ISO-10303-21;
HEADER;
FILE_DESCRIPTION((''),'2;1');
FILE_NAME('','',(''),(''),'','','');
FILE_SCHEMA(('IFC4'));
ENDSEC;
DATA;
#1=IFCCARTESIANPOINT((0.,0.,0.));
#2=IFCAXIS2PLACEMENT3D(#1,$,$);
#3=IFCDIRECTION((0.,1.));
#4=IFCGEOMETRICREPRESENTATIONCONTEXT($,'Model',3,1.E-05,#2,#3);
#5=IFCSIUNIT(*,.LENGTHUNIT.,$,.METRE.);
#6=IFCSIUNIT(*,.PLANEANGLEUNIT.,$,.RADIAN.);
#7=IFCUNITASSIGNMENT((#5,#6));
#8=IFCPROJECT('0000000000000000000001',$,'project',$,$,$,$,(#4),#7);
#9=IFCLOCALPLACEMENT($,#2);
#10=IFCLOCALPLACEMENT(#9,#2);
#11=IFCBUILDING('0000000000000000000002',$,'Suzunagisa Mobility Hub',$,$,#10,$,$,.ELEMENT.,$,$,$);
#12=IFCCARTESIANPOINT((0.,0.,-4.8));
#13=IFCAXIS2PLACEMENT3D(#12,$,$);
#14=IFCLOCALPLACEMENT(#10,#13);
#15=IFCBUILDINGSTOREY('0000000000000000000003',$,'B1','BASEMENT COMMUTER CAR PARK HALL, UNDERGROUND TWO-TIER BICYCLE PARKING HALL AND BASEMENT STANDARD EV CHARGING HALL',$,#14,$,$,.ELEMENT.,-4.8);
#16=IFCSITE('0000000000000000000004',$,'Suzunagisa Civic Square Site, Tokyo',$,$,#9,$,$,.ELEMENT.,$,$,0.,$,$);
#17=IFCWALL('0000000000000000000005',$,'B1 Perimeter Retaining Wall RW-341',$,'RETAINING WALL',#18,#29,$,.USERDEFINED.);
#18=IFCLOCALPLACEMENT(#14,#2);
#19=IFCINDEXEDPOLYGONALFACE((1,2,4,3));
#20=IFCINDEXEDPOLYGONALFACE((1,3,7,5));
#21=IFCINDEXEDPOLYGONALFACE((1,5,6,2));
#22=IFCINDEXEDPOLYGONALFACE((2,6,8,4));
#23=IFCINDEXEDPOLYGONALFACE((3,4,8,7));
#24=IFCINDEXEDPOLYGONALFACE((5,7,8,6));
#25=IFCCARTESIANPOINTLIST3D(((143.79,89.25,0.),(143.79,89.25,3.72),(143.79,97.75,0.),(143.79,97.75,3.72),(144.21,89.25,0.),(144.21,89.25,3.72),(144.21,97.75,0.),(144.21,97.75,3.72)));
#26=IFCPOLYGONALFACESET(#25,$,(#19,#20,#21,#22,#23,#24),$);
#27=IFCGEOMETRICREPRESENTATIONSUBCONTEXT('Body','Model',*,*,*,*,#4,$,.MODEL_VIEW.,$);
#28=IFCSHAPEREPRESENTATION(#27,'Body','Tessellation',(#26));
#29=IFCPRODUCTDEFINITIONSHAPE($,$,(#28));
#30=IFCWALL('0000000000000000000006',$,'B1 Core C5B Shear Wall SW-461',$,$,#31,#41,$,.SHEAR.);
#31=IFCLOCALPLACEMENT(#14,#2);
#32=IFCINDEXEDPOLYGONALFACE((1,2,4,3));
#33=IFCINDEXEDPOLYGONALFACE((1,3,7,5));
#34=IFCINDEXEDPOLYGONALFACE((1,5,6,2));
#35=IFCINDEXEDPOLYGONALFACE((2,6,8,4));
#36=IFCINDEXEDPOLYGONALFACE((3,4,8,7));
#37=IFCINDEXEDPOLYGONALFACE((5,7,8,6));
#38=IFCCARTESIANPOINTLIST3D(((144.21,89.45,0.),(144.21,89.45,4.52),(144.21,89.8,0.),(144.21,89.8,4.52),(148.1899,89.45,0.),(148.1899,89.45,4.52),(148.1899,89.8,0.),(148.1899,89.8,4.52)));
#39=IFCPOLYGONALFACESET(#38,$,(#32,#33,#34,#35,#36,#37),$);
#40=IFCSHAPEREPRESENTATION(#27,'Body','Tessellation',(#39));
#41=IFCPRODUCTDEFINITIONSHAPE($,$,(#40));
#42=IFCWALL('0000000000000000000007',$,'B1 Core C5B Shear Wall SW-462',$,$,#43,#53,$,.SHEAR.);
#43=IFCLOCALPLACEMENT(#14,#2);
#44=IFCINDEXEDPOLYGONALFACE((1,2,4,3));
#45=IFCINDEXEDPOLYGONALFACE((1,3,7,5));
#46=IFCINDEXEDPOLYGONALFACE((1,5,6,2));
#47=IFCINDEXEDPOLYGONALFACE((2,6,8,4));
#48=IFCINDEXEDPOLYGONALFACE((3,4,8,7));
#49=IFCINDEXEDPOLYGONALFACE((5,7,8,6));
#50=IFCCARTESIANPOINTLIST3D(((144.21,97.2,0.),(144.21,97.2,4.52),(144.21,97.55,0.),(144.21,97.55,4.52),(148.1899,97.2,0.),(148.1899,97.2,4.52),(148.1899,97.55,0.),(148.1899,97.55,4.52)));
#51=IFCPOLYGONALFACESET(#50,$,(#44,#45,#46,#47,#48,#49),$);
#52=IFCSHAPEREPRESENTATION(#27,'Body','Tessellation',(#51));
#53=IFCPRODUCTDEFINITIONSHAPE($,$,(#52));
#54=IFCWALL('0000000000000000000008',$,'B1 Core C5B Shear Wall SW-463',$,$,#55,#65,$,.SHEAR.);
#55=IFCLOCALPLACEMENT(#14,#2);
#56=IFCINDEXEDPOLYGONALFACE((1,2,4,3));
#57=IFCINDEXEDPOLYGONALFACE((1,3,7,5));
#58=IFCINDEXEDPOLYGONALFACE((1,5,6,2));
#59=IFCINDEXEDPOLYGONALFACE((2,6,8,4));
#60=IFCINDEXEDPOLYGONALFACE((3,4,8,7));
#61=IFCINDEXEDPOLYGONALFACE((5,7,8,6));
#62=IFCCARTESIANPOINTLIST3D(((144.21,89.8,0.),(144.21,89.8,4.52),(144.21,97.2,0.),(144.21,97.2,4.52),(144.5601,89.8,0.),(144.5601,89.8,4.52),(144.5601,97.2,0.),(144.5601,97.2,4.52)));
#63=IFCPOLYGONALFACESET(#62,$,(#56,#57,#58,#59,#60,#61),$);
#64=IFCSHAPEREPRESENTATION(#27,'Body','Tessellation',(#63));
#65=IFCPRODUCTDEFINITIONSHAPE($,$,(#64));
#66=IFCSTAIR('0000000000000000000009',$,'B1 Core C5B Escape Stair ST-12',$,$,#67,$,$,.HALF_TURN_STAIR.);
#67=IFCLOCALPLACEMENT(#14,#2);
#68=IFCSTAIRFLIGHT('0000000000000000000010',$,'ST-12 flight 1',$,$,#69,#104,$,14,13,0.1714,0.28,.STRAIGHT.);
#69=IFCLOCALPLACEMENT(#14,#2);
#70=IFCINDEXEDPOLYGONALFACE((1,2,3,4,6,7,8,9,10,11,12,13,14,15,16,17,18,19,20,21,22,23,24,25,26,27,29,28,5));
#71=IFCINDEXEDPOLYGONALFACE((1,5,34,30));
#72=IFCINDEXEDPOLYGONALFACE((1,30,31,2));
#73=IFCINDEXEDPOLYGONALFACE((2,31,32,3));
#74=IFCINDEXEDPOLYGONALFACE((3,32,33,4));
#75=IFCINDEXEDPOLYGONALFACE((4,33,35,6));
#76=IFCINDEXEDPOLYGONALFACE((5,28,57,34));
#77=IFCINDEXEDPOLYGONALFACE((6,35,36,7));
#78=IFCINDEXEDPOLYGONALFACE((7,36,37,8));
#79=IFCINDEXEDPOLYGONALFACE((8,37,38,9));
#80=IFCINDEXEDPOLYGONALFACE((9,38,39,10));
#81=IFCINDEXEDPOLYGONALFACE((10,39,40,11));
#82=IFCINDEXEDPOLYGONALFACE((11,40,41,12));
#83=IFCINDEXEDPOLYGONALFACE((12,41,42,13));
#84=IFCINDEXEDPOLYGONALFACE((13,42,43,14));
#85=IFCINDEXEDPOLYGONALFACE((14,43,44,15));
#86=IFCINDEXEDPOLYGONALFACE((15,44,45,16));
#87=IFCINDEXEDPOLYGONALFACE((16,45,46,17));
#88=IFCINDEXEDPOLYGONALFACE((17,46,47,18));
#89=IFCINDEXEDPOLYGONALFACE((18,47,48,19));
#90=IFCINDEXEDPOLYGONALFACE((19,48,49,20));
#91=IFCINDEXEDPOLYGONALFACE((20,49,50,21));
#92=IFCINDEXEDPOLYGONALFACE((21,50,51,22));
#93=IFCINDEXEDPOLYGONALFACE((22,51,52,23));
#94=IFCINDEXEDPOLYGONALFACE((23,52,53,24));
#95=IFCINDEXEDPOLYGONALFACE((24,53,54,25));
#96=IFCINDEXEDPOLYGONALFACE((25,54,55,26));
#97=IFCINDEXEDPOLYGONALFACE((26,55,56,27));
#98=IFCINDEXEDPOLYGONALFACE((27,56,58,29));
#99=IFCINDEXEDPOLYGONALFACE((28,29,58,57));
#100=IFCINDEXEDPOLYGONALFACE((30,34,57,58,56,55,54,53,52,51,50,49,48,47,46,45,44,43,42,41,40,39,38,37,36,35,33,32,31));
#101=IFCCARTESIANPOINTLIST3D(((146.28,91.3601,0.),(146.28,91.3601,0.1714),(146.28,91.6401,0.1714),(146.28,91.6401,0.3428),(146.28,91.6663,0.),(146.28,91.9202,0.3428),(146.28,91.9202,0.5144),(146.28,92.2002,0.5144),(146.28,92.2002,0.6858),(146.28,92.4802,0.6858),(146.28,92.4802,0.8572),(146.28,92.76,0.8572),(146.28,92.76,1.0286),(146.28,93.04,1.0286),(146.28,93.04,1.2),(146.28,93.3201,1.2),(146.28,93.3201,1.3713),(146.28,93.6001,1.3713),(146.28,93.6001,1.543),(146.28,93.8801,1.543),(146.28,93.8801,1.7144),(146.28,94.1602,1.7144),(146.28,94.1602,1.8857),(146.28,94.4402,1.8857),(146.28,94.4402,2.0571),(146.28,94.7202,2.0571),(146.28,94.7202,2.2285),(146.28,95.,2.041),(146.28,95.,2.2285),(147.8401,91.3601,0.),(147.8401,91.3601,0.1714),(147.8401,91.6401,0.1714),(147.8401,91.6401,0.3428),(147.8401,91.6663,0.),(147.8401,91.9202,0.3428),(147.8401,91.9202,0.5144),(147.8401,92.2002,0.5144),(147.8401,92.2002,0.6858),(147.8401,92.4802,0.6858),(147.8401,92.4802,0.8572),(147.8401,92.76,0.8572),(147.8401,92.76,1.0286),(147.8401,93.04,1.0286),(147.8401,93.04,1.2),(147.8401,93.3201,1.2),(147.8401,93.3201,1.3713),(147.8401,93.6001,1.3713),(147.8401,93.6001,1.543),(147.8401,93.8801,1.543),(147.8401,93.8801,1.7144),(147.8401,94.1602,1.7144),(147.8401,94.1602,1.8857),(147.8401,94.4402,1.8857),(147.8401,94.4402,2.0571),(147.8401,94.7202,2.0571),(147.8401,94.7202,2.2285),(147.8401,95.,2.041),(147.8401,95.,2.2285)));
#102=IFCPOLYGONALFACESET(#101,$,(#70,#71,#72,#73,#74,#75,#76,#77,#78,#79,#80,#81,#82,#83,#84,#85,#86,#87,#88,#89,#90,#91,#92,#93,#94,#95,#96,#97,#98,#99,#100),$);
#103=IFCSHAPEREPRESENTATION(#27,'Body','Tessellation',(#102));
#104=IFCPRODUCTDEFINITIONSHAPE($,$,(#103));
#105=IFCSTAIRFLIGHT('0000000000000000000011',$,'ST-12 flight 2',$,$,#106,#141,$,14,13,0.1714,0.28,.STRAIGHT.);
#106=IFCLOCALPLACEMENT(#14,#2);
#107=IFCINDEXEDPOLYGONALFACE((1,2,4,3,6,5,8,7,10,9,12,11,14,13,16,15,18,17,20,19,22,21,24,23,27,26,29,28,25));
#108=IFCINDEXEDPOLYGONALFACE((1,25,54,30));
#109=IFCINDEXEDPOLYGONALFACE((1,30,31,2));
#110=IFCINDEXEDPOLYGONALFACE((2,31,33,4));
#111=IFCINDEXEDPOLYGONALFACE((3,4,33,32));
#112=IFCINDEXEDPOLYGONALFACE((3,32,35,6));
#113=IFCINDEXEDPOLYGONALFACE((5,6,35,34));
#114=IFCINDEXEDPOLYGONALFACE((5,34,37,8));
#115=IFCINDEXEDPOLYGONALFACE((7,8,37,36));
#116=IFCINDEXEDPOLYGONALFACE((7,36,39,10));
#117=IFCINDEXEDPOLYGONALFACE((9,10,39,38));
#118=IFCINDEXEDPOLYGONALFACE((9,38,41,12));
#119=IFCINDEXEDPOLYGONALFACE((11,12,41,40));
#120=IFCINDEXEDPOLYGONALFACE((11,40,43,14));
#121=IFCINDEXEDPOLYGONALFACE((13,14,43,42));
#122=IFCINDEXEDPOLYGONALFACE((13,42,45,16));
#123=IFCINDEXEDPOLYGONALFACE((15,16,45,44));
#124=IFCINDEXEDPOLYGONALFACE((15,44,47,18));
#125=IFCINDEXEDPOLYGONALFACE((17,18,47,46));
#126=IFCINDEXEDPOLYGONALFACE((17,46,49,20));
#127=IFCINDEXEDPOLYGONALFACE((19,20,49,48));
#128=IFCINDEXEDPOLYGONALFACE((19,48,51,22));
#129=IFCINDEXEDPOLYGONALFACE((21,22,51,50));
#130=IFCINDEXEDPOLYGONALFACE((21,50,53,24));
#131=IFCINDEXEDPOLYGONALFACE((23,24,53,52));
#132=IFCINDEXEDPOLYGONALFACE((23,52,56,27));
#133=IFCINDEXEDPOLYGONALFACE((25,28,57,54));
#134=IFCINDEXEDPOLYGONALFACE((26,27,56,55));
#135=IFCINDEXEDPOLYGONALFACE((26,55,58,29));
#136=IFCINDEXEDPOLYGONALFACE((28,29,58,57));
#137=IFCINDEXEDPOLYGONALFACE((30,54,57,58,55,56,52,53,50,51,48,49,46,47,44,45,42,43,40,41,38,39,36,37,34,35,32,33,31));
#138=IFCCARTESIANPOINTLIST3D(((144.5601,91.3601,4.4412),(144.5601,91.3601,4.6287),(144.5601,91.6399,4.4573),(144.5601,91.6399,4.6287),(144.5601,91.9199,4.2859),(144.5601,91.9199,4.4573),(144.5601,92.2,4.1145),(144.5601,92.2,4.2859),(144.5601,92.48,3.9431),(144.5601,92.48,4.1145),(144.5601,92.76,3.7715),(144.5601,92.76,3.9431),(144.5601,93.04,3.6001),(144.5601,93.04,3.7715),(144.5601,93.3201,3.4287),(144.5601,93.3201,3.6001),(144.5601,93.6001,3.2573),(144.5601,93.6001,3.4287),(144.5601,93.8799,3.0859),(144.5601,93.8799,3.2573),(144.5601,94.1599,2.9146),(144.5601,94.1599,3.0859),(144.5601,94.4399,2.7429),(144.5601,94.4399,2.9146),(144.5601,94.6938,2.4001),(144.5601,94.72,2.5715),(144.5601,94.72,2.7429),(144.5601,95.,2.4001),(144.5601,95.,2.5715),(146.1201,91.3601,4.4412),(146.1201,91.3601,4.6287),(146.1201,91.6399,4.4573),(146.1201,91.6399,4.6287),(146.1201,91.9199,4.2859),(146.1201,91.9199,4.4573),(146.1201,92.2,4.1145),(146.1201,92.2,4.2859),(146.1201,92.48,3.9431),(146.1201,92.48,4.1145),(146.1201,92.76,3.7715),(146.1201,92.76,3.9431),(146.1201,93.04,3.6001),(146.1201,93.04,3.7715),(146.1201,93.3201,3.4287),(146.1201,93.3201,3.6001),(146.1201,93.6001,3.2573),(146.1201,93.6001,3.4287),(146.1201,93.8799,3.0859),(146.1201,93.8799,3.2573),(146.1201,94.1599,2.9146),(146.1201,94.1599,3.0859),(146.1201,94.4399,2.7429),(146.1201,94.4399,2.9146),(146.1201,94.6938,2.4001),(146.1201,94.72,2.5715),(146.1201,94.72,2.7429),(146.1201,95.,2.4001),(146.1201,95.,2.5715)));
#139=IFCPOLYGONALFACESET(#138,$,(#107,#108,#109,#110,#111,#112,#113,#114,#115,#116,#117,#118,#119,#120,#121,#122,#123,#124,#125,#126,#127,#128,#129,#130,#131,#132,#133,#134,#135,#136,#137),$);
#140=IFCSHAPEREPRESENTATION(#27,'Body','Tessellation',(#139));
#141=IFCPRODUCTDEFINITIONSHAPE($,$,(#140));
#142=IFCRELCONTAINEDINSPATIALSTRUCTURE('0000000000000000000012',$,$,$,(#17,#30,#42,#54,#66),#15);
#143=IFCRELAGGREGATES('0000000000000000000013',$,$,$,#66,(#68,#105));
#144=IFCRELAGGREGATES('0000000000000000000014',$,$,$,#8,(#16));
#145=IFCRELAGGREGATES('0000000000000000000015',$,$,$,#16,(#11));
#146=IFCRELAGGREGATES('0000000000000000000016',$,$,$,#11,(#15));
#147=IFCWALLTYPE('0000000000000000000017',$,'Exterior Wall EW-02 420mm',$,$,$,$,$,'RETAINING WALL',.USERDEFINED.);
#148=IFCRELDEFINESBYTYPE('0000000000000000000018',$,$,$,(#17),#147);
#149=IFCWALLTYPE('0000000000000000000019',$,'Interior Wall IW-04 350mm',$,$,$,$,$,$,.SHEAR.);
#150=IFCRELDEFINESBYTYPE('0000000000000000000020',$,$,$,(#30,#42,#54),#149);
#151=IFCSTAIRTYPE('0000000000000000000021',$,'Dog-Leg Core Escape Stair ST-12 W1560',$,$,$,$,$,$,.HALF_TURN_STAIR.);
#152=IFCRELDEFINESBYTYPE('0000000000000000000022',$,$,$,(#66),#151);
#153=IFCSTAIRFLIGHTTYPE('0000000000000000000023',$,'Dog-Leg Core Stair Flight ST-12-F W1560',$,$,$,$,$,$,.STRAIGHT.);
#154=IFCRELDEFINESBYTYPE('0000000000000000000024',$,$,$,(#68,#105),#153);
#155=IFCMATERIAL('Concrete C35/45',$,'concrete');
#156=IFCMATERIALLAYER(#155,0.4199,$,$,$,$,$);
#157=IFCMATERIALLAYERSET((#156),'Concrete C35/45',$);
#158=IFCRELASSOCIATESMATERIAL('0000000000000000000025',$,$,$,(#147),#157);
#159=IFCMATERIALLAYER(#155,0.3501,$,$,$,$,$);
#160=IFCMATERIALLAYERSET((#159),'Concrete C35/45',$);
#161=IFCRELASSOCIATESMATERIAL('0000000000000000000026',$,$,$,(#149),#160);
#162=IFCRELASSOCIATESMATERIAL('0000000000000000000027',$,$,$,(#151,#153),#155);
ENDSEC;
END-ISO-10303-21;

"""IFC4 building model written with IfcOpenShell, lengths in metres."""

from ifc_helpers import new_model, si_unit, direction, frame, frame_2d, origin, place, context, subcontext, project, spatial, polyline, rectangle, outline, extrude, material, layer, layer_set, type_object, element, aggregate, save


model = new_model("IFC4")

# Units and contexts
model_context = context("Model", 3, precision=1e-05, world=origin(), true_north=direction((0.0, 1.0)))
body_context = subcontext(model_context, "Body", "Model", "MODEL_VIEW")
ifc_project = project(units=[si_unit("LENGTHUNIT", "METRE"), si_unit("PLANEANGLEUNIT", "RADIAN")], contexts=[model_context])

# Site, building, storey
site_placement = place(None, origin())
site = spatial("IfcSite", under=ifc_project, at=site_placement, Name="Suzunagisa Civic Square Site, Tokyo", CompositionType="ELEMENT", RefElevation=0.0)
building_placement = place(site_placement, origin())
building = spatial("IfcBuilding", under=site, at=building_placement, Name="Suzunagisa Mobility Hub", CompositionType="ELEMENT")
storey_placement = place(building_placement, frame((0.0, 0.0, -4.8)))
storey = spatial("IfcBuildingStorey", under=building, at=storey_placement, Name="B1", Description="BASEMENT COMMUTER CAR PARK HALL, UNDERGROUND TWO-TIER BICYCLE PARKING HALL AND BASEMENT STANDARD EV CHARGING HALL", CompositionType="ELEMENT", Elevation=-4.8)

# Shared definitions
ifc_material_1 = material(Name="Concrete C35/45", Category="concrete")

# Walls
ifc_layer_1 = layer(ifc_material_1, 0.4199)
ifc_layer_set_1 = layer_set([ifc_layer_1], Name="Concrete C35/45")
wall_type_1 = type_object("IfcWallType", Name="Exterior Wall EW-02 420mm", ElementType="RETAINING WALL", PredefinedType="USERDEFINED", material=ifc_layer_set_1)
wall_1_placement = place(storey_placement, frame((144.0, 97.75, 0.0), z_axis=(0.0, 0.0, 1.0), x_axis=(0.0, -1.0, 0.0)))
element("IfcWall", 1, at=wall_1_placement, inside=storey, type_object=wall_type_1, Name="B1 Perimeter Retaining Wall RW-341", ObjectType="RETAINING WALL", PredefinedType="USERDEFINED", context=body_context, shape_type="SweptSolid", body=[
    extrude(rectangle(XDim=8.5, YDim=0.4199, at=frame_2d((4.25, 0.0))), origin(), (0.0, 0.0, 1.0), 3.72),
])
ifc_layer_2 = layer(ifc_material_1, 0.3501)
ifc_layer_set_2 = layer_set([ifc_layer_2], Name="Concrete C35/45")
wall_type_2 = type_object("IfcWallType", Name="Interior Wall IW-04 350mm", PredefinedType="SHEAR", material=ifc_layer_set_2)
for number, where, z_axis, x_axis, name in (
    (2, (144.21, 89.625, 0.0), (0.0, 0.0, 1.0), (1.0, 0.0, 0.0), "B1 Core C5B Shear Wall SW-461"),
    (3, (144.21, 97.375, 0.0), (0.0, 0.0, 1.0), (1.0, 0.0, 0.0), "B1 Core C5B Shear Wall SW-462"),
):
    element("IfcWall", number, at=place(storey_placement, frame(where, z_axis=z_axis, x_axis=x_axis)), inside=storey, type_object=wall_type_2, Name=name, PredefinedType="SHEAR", context=body_context, shape_type="SweptSolid", body=[
        extrude(rectangle(XDim=3.98, YDim=0.3501, at=frame_2d((1.99, 0.0))), origin(), (0.0, 0.0, 1.0), 4.52),
    ])
wall_2_placement = place(storey_placement, frame((144.385, 89.8, 0.0), z_axis=(0.0, 0.0, 1.0), x_axis=(0.0, 1.0, 0.0)))
element("IfcWall", 4, at=wall_2_placement, inside=storey, type_object=wall_type_2, Name="B1 Core C5B Shear Wall SW-463", PredefinedType="SHEAR", context=body_context, shape_type="SweptSolid", body=[
    extrude(rectangle(XDim=7.3999, YDim=0.3501, at=frame_2d((3.7, 0.0))), origin(), (0.0, 0.0, 1.0), 4.52),
])

# Stair, stair flights
stair_type = type_object("IfcStairType", Name="Dog-Leg Core Escape Stair ST-12 W1560", PredefinedType="HALF_TURN_STAIR", material=ifc_material_1)
stair_placement = place(storey_placement, origin())
stair = element("IfcStair", 5, at=stair_placement, inside=storey, type_object=stair_type, Name="B1 Core C5B Escape Stair ST-12", PredefinedType="HALF_TURN_STAIR")
stair_flight_type = type_object("IfcStairFlightType", Name="Dog-Leg Core Stair Flight ST-12-F W1560", PredefinedType="STRAIGHT", material=ifc_material_1)
stair_flight_1_placement = place(storey_placement, frame((147.0601, 91.3601, 0.0), z_axis=(0.0, 0.0, 1.0), x_axis=(0.0, 1.0, 0.0)))
stair_flight_1 = element("IfcStairFlight", 6, at=stair_flight_1_placement, type_object=stair_flight_type, Name="ST-12 flight 1", NumberOfRisers=14, NumberOfTreads=13, PredefinedType="STRAIGHT", RiserHeight=0.1714, TreadLength=0.28, context=body_context, shape_type="SweptSolid", body=[
    extrude(outline(polyline([(0.0, 0.0), (0.0, 0.1714), (0.28, 0.1714), (0.28, 0.3428), (0.5601, 0.3428), (0.5601, 0.5144), (0.8401, 0.5144), (0.8401, 0.6858), (1.1201, 0.6858), (1.1201, 0.8572), (1.3999, 0.8572), (1.3999, 1.0286), (1.6799, 1.0286), (1.6799, 1.2), (1.96, 1.2), (1.96, 1.3713), (2.24, 1.3713), (2.24, 1.543), (2.52, 1.543), (2.52, 1.7144), (2.8, 1.7144), (2.8, 1.8857), (3.0801, 1.8857), (3.0801, 2.0571), (3.3601, 2.0571), (3.3601, 2.2285), (3.6399, 2.2285), (3.6399, 2.3999), (3.6399, 2.041), (0.3062, 0.0), (0.0, 0.0)])), frame((0.0, 0.78, 0.0), z_axis=(0.0, -1.0, 0.0), x_axis=(1.0, 0.0, 0.0)), (0.0, 0.0, 1.0), 1.5601),
])
stair_flight_2_placement = place(storey_placement, frame((145.3401, 95.0, 2.4001), z_axis=(0.0, 0.0, 1.0), x_axis=(0.0, -1.0, 0.0)))
stair_flight_2 = element("IfcStairFlight", 7, at=stair_flight_2_placement, type_object=stair_flight_type, Name="ST-12 flight 2", NumberOfRisers=14, NumberOfTreads=13, PredefinedType="STRAIGHT", RiserHeight=0.1714, TreadLength=0.28, context=body_context, shape_type="SweptSolid", body=[
    extrude(outline(polyline([(0.0, 0.0), (0.0, 0.1714), (0.28, 0.1714), (0.28, 0.3428), (0.5601, 0.3428), (0.5601, 0.5144), (0.8401, 0.5144), (0.8401, 0.6858), (1.1201, 0.6858), (1.1201, 0.8572), (1.3999, 0.8572), (1.3999, 1.0286), (1.6799, 1.0286), (1.6799, 1.2), (1.96, 1.2), (1.96, 1.3713), (2.24, 1.3713), (2.24, 1.543), (2.52, 1.543), (2.52, 1.7144), (2.8, 1.7144), (2.8, 1.8857), (3.0801, 1.8857), (3.0801, 2.0571), (3.3601, 2.0571), (3.3601, 2.2285), (3.6399, 2.2285), (3.6399, 2.3999), (3.6399, 2.041), (0.3062, 0.0), (0.0, 0.0)])), frame((0.0, 0.78, 0.0), z_axis=(0.0, -1.0, 0.0), x_axis=(1.0, 0.0, 0.0)), (0.0, 0.0, 1.0), 1.5601),
])
aggregate(stair, [stair_flight_1, stair_flight_2])

save(model, "model.ifc")
